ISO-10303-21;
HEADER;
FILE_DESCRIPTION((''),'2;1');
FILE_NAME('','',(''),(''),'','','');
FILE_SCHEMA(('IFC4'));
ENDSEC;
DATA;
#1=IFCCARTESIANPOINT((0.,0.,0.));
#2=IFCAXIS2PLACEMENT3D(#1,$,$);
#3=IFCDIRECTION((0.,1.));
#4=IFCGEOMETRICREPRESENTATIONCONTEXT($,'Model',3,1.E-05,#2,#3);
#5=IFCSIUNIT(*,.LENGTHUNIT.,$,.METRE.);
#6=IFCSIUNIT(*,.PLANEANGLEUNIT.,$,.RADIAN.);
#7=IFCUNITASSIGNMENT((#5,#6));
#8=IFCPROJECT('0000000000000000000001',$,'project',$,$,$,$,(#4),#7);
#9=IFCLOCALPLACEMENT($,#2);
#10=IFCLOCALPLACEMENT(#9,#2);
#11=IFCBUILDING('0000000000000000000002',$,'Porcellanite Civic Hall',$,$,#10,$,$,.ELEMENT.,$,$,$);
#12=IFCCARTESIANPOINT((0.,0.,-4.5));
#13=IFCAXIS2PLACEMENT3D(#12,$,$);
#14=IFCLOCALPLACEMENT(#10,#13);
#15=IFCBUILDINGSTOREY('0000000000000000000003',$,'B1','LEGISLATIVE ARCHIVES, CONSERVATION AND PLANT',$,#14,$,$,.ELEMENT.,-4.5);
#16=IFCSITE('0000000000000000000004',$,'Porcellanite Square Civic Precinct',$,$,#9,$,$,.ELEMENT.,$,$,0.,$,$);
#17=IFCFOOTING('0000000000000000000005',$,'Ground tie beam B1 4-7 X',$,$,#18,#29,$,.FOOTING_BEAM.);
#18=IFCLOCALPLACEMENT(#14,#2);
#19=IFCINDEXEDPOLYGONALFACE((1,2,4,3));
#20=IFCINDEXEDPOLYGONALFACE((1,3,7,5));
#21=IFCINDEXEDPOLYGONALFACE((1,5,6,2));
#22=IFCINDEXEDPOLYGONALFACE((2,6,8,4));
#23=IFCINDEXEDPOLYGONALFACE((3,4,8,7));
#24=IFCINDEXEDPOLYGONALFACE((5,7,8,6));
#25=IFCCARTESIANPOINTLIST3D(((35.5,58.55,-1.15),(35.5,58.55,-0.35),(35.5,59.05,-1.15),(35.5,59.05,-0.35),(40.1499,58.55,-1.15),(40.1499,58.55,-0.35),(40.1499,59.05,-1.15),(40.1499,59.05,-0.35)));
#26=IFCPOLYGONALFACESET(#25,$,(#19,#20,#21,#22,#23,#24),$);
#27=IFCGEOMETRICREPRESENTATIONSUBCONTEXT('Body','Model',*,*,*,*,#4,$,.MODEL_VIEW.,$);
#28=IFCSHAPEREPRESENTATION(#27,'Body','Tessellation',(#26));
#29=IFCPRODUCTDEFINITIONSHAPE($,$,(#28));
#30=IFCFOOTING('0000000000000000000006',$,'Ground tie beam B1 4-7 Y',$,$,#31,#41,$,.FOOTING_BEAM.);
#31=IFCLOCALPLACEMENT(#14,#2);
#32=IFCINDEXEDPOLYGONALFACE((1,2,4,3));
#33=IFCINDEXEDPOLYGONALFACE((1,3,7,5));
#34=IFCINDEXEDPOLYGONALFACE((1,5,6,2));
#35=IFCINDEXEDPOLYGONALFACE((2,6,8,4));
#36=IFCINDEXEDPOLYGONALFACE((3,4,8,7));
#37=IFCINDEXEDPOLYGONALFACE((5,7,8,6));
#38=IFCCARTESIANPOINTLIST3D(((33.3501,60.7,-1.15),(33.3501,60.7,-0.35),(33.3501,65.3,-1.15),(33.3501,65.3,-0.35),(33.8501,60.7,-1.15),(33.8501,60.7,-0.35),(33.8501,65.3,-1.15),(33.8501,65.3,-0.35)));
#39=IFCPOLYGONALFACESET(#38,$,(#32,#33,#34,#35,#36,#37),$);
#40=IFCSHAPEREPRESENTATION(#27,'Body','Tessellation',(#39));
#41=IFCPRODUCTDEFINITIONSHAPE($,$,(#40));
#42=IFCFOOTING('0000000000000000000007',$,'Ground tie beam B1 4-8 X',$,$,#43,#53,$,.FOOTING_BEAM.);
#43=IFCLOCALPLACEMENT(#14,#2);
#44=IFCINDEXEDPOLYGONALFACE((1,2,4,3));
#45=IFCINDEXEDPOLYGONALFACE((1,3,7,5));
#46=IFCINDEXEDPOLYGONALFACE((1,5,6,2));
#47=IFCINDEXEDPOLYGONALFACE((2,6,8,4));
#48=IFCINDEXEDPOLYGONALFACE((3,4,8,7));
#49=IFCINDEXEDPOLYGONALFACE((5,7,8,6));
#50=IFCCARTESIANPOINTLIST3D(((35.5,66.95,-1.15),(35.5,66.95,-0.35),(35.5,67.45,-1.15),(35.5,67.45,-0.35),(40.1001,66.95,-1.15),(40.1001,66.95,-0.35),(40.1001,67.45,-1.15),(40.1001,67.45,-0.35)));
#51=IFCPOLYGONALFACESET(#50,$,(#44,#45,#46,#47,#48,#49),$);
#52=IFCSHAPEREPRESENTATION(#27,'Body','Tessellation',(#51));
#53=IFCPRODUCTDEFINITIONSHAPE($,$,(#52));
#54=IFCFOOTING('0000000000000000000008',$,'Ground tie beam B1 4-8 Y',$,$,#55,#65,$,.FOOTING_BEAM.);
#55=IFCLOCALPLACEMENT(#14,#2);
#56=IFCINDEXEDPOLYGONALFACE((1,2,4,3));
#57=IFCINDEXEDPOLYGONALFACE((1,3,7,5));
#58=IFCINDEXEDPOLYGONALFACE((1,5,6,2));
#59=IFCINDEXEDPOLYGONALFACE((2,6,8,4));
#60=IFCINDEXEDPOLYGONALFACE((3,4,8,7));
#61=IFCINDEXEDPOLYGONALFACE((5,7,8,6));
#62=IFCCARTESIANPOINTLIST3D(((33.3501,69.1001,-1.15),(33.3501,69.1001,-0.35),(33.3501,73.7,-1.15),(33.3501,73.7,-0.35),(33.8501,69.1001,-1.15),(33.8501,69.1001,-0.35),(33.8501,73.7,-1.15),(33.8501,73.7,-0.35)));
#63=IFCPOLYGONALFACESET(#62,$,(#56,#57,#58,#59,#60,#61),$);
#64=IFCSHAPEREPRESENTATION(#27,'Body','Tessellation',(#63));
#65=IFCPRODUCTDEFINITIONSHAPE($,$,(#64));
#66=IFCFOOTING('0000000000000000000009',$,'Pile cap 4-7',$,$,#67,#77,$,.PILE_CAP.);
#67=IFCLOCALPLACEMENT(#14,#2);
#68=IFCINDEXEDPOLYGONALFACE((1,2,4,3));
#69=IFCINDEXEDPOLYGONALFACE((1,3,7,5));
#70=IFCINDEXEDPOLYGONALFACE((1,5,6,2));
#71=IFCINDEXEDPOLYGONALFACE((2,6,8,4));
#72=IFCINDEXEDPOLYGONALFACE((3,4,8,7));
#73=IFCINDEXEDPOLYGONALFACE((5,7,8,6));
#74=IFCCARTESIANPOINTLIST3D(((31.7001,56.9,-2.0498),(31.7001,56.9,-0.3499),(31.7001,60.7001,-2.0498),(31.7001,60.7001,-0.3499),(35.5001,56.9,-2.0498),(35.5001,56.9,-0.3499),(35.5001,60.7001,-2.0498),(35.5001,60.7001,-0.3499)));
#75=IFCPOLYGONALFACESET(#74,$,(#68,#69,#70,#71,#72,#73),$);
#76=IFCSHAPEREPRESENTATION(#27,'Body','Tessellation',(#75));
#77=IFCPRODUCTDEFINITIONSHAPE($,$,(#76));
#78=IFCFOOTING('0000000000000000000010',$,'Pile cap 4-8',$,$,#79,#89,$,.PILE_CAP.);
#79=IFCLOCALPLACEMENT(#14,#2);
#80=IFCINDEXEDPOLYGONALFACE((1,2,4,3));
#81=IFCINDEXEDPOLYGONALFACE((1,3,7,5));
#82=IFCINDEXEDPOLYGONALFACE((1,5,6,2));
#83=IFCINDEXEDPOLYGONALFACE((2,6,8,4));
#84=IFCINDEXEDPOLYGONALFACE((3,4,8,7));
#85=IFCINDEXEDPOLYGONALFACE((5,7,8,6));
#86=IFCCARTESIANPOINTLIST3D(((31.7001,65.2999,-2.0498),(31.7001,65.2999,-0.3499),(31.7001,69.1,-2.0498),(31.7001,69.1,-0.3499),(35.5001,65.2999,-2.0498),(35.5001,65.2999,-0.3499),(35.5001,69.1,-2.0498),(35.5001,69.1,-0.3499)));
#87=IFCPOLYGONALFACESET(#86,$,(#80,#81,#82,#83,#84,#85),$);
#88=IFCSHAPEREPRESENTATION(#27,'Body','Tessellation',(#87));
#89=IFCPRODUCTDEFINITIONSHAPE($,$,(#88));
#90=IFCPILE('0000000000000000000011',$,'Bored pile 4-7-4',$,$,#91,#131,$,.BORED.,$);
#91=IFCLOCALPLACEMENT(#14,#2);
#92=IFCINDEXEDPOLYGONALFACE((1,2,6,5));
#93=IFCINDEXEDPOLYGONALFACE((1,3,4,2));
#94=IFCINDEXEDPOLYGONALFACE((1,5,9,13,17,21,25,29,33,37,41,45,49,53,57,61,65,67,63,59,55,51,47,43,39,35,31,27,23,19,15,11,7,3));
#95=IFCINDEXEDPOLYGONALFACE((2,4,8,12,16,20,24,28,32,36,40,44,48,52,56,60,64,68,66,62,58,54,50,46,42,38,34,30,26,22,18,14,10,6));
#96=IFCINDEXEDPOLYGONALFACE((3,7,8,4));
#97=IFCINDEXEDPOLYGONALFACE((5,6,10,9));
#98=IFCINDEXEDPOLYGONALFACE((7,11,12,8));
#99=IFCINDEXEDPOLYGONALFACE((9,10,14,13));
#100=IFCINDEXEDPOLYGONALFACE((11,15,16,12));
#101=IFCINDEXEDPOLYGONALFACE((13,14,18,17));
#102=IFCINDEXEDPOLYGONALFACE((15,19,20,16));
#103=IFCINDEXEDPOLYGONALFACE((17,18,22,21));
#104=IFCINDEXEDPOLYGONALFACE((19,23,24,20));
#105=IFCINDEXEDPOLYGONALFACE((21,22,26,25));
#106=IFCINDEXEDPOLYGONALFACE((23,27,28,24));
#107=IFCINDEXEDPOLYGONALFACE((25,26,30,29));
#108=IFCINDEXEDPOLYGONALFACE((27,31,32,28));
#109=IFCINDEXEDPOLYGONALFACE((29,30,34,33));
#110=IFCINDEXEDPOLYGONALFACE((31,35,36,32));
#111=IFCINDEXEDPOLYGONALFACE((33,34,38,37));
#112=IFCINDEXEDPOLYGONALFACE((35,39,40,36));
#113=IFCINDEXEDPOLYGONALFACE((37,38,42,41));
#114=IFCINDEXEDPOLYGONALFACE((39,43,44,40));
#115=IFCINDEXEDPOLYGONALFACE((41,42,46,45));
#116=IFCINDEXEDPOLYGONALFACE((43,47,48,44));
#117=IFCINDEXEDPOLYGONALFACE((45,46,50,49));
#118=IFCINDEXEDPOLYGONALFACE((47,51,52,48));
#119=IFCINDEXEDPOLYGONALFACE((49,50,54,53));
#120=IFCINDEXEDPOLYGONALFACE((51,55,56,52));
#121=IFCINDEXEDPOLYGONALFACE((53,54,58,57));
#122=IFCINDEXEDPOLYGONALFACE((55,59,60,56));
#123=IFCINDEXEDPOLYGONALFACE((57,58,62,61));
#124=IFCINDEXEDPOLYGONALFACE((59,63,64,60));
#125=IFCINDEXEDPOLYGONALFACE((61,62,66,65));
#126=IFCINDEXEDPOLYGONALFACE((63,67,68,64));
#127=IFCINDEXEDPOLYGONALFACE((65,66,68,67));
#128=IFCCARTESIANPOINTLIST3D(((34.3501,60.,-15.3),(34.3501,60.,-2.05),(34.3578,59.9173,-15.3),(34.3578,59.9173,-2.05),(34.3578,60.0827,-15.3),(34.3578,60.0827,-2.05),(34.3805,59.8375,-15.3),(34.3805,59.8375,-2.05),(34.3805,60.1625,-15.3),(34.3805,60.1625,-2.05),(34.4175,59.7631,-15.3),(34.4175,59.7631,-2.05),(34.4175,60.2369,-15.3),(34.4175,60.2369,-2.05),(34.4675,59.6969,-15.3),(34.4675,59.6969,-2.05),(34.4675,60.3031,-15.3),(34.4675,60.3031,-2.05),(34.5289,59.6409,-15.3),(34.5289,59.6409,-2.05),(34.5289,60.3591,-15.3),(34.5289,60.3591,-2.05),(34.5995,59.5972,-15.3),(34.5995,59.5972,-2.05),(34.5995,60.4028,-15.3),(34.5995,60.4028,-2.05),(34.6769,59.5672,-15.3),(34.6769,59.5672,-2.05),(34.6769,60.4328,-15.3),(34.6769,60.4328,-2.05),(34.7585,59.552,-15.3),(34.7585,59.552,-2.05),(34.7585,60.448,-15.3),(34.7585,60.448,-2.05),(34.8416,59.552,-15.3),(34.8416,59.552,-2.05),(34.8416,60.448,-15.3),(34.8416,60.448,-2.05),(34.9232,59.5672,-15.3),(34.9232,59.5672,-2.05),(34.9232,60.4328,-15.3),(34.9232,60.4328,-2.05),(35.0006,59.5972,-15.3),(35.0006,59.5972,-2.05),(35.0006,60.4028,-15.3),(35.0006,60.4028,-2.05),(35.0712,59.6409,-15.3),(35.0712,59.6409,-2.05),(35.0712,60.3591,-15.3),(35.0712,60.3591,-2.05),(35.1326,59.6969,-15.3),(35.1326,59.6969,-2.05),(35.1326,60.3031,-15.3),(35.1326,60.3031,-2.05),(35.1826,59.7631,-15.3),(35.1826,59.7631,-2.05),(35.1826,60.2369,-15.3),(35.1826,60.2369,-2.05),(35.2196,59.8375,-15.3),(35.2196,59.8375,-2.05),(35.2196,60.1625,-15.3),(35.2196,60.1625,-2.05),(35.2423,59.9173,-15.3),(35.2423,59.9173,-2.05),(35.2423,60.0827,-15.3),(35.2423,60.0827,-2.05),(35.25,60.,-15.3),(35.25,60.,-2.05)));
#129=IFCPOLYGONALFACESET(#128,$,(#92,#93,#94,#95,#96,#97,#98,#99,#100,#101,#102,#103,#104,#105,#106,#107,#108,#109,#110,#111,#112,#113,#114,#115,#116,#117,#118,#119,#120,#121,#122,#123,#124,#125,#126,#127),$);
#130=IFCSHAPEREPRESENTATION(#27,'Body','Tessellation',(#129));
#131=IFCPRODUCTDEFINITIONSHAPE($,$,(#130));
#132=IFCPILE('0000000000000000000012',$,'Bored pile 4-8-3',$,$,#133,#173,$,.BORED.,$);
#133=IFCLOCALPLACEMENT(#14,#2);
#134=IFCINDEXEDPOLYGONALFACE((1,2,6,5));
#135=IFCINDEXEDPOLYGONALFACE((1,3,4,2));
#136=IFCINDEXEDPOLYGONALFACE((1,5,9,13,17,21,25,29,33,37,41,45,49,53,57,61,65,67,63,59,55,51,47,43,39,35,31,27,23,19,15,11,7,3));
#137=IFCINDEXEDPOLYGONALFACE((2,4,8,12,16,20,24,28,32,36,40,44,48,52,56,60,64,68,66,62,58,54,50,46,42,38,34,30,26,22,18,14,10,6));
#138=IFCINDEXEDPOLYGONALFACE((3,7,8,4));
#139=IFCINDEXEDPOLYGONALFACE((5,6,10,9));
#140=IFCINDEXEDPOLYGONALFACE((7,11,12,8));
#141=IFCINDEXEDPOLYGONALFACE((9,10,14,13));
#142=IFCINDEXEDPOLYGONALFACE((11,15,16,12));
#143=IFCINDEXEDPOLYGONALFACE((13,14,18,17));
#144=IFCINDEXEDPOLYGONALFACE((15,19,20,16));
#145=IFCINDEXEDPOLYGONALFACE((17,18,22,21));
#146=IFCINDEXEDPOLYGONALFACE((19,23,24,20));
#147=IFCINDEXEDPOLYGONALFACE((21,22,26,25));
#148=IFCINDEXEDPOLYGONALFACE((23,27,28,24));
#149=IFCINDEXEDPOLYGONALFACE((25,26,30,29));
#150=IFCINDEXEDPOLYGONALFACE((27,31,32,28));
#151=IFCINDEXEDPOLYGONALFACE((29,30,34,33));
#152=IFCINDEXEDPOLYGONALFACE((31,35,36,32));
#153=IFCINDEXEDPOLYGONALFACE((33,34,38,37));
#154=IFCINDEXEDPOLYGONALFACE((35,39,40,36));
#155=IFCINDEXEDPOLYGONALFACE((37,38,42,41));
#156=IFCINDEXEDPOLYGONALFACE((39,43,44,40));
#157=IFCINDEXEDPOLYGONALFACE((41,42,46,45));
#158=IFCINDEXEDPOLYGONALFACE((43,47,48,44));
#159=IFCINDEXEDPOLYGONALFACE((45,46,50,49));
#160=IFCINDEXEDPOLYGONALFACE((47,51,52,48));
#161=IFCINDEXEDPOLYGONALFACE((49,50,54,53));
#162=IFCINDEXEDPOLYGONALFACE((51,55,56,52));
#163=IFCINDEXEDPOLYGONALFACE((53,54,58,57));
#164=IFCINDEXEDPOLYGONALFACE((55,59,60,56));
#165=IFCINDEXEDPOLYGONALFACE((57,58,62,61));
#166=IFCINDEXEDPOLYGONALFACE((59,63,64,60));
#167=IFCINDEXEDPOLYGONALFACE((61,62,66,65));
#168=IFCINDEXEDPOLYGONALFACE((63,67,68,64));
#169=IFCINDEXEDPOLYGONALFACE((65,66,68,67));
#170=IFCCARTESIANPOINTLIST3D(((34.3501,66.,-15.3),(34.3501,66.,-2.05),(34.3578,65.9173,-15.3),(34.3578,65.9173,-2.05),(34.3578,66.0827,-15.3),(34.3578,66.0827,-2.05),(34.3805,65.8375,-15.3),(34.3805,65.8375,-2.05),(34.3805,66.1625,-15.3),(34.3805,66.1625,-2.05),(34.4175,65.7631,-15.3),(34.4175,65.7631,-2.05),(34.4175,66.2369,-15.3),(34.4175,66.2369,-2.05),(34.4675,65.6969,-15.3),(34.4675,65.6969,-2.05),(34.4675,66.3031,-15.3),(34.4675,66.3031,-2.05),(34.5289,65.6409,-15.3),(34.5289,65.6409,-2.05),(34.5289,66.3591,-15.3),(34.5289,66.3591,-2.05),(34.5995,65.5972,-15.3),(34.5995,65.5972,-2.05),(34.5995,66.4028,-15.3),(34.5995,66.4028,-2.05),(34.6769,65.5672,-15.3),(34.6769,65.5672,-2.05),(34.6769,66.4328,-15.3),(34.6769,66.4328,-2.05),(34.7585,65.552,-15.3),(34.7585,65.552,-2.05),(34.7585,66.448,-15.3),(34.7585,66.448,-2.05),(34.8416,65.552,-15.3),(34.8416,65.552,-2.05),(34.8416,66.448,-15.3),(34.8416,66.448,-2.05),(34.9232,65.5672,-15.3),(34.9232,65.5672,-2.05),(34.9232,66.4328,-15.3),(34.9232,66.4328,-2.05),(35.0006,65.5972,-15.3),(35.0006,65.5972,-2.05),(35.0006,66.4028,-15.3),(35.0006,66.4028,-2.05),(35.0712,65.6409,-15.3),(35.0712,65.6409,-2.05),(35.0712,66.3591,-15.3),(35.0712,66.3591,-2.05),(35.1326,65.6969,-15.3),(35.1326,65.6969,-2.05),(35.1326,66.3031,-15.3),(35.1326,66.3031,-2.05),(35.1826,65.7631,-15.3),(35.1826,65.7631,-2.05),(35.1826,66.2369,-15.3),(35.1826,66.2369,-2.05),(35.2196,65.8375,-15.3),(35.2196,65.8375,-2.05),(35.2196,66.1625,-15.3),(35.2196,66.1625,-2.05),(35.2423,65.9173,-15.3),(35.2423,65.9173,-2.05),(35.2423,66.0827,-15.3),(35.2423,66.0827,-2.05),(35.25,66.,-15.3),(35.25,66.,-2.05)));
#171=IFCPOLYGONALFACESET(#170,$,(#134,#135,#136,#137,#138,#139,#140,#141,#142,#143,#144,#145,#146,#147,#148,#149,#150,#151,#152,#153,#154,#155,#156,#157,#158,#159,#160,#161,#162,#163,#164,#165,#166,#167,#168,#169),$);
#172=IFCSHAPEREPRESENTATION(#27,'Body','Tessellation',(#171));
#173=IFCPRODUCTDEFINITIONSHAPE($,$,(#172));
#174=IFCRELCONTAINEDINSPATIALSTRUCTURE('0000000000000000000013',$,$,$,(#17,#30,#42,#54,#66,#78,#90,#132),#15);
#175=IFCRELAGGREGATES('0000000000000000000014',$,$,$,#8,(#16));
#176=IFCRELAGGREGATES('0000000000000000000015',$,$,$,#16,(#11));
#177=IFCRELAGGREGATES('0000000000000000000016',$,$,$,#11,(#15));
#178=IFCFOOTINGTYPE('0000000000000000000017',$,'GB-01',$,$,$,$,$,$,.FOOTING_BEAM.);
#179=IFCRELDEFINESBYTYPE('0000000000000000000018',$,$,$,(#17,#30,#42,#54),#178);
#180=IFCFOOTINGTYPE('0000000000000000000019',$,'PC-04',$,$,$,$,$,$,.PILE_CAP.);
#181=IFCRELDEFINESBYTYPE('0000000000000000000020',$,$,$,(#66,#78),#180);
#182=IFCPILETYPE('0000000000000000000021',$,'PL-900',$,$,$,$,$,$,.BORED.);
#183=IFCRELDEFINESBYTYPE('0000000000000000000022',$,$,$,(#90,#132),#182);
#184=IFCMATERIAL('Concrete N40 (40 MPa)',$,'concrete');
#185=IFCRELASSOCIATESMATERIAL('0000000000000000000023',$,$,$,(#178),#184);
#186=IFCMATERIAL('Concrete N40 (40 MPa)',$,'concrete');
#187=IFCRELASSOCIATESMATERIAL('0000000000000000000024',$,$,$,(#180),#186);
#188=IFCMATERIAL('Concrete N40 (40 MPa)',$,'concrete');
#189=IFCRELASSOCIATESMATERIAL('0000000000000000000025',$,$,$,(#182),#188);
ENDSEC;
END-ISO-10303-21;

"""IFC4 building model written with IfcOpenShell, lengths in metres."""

from ifc_helpers import new_model, si_unit, direction, frame, origin, origin_2d, place, context, subcontext, project, spatial, rectangle, circle, extrude, material, material_profile, profile_set, type_object, element, save


model = new_model("IFC4")

# Units and contexts
model_context = context("Model", 3, precision=1e-05, world=origin(), true_north=direction((0.0, 1.0)))
body_context = subcontext(model_context, "Body", "Model", "MODEL_VIEW")
ifc_project = project(units=[si_unit("LENGTHUNIT", "METRE"), si_unit("PLANEANGLEUNIT", "RADIAN")], contexts=[model_context])

# Site, building, storey
site_placement = place(None, origin())
site = spatial("IfcSite", under=ifc_project, at=site_placement, Name="Porcellanite Square Civic Precinct", CompositionType="ELEMENT", RefElevation=0.0)
building_placement = place(site_placement, origin())
building = spatial("IfcBuilding", under=site, at=building_placement, Name="Porcellanite Civic Hall", CompositionType="ELEMENT")
storey_placement = place(building_placement, frame((0.0, 0.0, -4.5)))
storey = spatial("IfcBuildingStorey", under=building, at=storey_placement, Name="B1", Description="LEGISLATIVE ARCHIVES, CONSERVATION AND PLANT", CompositionType="ELEMENT", Elevation=-4.5)

# Footings
ifc_material_1 = material(Name="Concrete N40 (40 MPa)", Category="concrete")
ifc_material_profile_1 = material_profile(ifc_material_1, rectangle(XDim=0.5, YDim=0.8, at=origin_2d()), Name="RC-500x800")
ifc_profile_set_1 = profile_set([ifc_material_profile_1], Name="Concrete N40 (40 MPa)")
footing_type_1 = type_object("IfcFootingType", Name="GB-01", PredefinedType="FOOTING_BEAM", material=ifc_profile_set_1)
footing_1_placement = place(storey_placement, frame((35.5, 58.8, -0.75), z_axis=(1.0, 0.0, 0.0), x_axis=(0.0, 1.0, 0.0)))
element("IfcFooting", 1, at=footing_1_placement, inside=storey, type_object=footing_type_1, Name="Ground tie beam B1 4-7 X", PredefinedType="FOOTING_BEAM", context=body_context, shape_type="SweptSolid", body=[
    extrude(rectangle(XDim=0.5, YDim=0.8, at=origin_2d()), origin(), (0.0, 0.0, 1.0), 4.6499),
])
for number, where, z_axis, x_axis, name in (
    (2, (33.6001, 60.7, -0.75), (0.0, 1.0, 0.0), (-1.0, 0.0, 0.0), "Ground tie beam B1 4-7 Y"),
    (3, (35.5, 67.2, -0.75), (1.0, 0.0, 0.0), (0.0, 1.0, 0.0), "Ground tie beam B1 4-8 X"),
):
    element("IfcFooting", number, at=place(storey_placement, frame(where, z_axis=z_axis, x_axis=x_axis)), inside=storey, type_object=footing_type_1, Name=name, PredefinedType="FOOTING_BEAM", context=body_context, shape_type="SweptSolid", body=[
        extrude(rectangle(XDim=0.5, YDim=0.8, at=origin_2d()), origin(), (0.0, 0.0, 1.0), 4.6001),
    ])
footing_2_placement = place(storey_placement, frame((33.6001, 69.1001, -0.75), z_axis=(0.0, 1.0, 0.0), x_axis=(-1.0, 0.0, 0.0)))
element("IfcFooting", 4, at=footing_2_placement, inside=storey, type_object=footing_type_1, Name="Ground tie beam B1 4-8 Y", PredefinedType="FOOTING_BEAM", context=body_context, shape_type="SweptSolid", body=[
    extrude(rectangle(XDim=0.5, YDim=0.8, at=origin_2d()), origin(), (0.0, 0.0, 1.0), 4.5999),
])
ifc_material_2 = material(Name="Concrete N40 (40 MPa)", Category="concrete")
footing_type_2 = type_object("IfcFootingType", Name="PC-04", PredefinedType="PILE_CAP", material=ifc_material_2)
for number, where, z_axis, x_axis, name in (
    (5, (33.6001, 58.8, -2.0498), (0.0, 0.0, 1.0), (1.0, 0.0, 0.0), "Pile cap 4-7"),
    (6, (33.6001, 67.2, -2.0498), (0.0, 0.0, 1.0), (1.0, 0.0, 0.0), "Pile cap 4-8"),
):
    element("IfcFooting", number, at=place(storey_placement, frame(where, z_axis=z_axis, x_axis=x_axis)), inside=storey, type_object=footing_type_2, Name=name, PredefinedType="PILE_CAP", context=body_context, shape_type="SweptSolid", body=[
        extrude(rectangle(XDim=3.8, YDim=3.8, at=origin_2d()), origin(), (0.0, 0.0, 1.0), 1.7),
    ])

# Piles
ifc_material_3 = material(Name="Concrete N40 (40 MPa)", Category="concrete")
ifc_material_profile_2 = material_profile(ifc_material_3, circle(Radius=0.45, at=origin_2d()), Name="PILE-D900")
ifc_profile_set_2 = profile_set([ifc_material_profile_2], Name="Concrete N40 (40 MPa)")
pile_type = type_object("IfcPileType", Name="PL-900", PredefinedType="BORED", material=ifc_profile_set_2)
for number, where, z_axis, x_axis, name in (
    (7, (34.8, 60.0, -2.05), (0.0, 0.0, -1.0), (1.0, 0.0, 0.0), "Bored pile 4-7-4"),
    (8, (34.8, 66.0, -2.05), (0.0, 0.0, -1.0), (1.0, 0.0, 0.0), "Bored pile 4-8-3"),
):
    element("IfcPile", number, at=place(storey_placement, frame(where, z_axis=z_axis, x_axis=x_axis)), inside=storey, type_object=pile_type, Name=name, PredefinedType="BORED", context=body_context, shape_type="SweptSolid", body=[
        extrude(circle(Radius=0.45, at=origin_2d()), origin(), (0.0, 0.0, 1.0), 13.25),
    ])

save(model, "model.ifc")
